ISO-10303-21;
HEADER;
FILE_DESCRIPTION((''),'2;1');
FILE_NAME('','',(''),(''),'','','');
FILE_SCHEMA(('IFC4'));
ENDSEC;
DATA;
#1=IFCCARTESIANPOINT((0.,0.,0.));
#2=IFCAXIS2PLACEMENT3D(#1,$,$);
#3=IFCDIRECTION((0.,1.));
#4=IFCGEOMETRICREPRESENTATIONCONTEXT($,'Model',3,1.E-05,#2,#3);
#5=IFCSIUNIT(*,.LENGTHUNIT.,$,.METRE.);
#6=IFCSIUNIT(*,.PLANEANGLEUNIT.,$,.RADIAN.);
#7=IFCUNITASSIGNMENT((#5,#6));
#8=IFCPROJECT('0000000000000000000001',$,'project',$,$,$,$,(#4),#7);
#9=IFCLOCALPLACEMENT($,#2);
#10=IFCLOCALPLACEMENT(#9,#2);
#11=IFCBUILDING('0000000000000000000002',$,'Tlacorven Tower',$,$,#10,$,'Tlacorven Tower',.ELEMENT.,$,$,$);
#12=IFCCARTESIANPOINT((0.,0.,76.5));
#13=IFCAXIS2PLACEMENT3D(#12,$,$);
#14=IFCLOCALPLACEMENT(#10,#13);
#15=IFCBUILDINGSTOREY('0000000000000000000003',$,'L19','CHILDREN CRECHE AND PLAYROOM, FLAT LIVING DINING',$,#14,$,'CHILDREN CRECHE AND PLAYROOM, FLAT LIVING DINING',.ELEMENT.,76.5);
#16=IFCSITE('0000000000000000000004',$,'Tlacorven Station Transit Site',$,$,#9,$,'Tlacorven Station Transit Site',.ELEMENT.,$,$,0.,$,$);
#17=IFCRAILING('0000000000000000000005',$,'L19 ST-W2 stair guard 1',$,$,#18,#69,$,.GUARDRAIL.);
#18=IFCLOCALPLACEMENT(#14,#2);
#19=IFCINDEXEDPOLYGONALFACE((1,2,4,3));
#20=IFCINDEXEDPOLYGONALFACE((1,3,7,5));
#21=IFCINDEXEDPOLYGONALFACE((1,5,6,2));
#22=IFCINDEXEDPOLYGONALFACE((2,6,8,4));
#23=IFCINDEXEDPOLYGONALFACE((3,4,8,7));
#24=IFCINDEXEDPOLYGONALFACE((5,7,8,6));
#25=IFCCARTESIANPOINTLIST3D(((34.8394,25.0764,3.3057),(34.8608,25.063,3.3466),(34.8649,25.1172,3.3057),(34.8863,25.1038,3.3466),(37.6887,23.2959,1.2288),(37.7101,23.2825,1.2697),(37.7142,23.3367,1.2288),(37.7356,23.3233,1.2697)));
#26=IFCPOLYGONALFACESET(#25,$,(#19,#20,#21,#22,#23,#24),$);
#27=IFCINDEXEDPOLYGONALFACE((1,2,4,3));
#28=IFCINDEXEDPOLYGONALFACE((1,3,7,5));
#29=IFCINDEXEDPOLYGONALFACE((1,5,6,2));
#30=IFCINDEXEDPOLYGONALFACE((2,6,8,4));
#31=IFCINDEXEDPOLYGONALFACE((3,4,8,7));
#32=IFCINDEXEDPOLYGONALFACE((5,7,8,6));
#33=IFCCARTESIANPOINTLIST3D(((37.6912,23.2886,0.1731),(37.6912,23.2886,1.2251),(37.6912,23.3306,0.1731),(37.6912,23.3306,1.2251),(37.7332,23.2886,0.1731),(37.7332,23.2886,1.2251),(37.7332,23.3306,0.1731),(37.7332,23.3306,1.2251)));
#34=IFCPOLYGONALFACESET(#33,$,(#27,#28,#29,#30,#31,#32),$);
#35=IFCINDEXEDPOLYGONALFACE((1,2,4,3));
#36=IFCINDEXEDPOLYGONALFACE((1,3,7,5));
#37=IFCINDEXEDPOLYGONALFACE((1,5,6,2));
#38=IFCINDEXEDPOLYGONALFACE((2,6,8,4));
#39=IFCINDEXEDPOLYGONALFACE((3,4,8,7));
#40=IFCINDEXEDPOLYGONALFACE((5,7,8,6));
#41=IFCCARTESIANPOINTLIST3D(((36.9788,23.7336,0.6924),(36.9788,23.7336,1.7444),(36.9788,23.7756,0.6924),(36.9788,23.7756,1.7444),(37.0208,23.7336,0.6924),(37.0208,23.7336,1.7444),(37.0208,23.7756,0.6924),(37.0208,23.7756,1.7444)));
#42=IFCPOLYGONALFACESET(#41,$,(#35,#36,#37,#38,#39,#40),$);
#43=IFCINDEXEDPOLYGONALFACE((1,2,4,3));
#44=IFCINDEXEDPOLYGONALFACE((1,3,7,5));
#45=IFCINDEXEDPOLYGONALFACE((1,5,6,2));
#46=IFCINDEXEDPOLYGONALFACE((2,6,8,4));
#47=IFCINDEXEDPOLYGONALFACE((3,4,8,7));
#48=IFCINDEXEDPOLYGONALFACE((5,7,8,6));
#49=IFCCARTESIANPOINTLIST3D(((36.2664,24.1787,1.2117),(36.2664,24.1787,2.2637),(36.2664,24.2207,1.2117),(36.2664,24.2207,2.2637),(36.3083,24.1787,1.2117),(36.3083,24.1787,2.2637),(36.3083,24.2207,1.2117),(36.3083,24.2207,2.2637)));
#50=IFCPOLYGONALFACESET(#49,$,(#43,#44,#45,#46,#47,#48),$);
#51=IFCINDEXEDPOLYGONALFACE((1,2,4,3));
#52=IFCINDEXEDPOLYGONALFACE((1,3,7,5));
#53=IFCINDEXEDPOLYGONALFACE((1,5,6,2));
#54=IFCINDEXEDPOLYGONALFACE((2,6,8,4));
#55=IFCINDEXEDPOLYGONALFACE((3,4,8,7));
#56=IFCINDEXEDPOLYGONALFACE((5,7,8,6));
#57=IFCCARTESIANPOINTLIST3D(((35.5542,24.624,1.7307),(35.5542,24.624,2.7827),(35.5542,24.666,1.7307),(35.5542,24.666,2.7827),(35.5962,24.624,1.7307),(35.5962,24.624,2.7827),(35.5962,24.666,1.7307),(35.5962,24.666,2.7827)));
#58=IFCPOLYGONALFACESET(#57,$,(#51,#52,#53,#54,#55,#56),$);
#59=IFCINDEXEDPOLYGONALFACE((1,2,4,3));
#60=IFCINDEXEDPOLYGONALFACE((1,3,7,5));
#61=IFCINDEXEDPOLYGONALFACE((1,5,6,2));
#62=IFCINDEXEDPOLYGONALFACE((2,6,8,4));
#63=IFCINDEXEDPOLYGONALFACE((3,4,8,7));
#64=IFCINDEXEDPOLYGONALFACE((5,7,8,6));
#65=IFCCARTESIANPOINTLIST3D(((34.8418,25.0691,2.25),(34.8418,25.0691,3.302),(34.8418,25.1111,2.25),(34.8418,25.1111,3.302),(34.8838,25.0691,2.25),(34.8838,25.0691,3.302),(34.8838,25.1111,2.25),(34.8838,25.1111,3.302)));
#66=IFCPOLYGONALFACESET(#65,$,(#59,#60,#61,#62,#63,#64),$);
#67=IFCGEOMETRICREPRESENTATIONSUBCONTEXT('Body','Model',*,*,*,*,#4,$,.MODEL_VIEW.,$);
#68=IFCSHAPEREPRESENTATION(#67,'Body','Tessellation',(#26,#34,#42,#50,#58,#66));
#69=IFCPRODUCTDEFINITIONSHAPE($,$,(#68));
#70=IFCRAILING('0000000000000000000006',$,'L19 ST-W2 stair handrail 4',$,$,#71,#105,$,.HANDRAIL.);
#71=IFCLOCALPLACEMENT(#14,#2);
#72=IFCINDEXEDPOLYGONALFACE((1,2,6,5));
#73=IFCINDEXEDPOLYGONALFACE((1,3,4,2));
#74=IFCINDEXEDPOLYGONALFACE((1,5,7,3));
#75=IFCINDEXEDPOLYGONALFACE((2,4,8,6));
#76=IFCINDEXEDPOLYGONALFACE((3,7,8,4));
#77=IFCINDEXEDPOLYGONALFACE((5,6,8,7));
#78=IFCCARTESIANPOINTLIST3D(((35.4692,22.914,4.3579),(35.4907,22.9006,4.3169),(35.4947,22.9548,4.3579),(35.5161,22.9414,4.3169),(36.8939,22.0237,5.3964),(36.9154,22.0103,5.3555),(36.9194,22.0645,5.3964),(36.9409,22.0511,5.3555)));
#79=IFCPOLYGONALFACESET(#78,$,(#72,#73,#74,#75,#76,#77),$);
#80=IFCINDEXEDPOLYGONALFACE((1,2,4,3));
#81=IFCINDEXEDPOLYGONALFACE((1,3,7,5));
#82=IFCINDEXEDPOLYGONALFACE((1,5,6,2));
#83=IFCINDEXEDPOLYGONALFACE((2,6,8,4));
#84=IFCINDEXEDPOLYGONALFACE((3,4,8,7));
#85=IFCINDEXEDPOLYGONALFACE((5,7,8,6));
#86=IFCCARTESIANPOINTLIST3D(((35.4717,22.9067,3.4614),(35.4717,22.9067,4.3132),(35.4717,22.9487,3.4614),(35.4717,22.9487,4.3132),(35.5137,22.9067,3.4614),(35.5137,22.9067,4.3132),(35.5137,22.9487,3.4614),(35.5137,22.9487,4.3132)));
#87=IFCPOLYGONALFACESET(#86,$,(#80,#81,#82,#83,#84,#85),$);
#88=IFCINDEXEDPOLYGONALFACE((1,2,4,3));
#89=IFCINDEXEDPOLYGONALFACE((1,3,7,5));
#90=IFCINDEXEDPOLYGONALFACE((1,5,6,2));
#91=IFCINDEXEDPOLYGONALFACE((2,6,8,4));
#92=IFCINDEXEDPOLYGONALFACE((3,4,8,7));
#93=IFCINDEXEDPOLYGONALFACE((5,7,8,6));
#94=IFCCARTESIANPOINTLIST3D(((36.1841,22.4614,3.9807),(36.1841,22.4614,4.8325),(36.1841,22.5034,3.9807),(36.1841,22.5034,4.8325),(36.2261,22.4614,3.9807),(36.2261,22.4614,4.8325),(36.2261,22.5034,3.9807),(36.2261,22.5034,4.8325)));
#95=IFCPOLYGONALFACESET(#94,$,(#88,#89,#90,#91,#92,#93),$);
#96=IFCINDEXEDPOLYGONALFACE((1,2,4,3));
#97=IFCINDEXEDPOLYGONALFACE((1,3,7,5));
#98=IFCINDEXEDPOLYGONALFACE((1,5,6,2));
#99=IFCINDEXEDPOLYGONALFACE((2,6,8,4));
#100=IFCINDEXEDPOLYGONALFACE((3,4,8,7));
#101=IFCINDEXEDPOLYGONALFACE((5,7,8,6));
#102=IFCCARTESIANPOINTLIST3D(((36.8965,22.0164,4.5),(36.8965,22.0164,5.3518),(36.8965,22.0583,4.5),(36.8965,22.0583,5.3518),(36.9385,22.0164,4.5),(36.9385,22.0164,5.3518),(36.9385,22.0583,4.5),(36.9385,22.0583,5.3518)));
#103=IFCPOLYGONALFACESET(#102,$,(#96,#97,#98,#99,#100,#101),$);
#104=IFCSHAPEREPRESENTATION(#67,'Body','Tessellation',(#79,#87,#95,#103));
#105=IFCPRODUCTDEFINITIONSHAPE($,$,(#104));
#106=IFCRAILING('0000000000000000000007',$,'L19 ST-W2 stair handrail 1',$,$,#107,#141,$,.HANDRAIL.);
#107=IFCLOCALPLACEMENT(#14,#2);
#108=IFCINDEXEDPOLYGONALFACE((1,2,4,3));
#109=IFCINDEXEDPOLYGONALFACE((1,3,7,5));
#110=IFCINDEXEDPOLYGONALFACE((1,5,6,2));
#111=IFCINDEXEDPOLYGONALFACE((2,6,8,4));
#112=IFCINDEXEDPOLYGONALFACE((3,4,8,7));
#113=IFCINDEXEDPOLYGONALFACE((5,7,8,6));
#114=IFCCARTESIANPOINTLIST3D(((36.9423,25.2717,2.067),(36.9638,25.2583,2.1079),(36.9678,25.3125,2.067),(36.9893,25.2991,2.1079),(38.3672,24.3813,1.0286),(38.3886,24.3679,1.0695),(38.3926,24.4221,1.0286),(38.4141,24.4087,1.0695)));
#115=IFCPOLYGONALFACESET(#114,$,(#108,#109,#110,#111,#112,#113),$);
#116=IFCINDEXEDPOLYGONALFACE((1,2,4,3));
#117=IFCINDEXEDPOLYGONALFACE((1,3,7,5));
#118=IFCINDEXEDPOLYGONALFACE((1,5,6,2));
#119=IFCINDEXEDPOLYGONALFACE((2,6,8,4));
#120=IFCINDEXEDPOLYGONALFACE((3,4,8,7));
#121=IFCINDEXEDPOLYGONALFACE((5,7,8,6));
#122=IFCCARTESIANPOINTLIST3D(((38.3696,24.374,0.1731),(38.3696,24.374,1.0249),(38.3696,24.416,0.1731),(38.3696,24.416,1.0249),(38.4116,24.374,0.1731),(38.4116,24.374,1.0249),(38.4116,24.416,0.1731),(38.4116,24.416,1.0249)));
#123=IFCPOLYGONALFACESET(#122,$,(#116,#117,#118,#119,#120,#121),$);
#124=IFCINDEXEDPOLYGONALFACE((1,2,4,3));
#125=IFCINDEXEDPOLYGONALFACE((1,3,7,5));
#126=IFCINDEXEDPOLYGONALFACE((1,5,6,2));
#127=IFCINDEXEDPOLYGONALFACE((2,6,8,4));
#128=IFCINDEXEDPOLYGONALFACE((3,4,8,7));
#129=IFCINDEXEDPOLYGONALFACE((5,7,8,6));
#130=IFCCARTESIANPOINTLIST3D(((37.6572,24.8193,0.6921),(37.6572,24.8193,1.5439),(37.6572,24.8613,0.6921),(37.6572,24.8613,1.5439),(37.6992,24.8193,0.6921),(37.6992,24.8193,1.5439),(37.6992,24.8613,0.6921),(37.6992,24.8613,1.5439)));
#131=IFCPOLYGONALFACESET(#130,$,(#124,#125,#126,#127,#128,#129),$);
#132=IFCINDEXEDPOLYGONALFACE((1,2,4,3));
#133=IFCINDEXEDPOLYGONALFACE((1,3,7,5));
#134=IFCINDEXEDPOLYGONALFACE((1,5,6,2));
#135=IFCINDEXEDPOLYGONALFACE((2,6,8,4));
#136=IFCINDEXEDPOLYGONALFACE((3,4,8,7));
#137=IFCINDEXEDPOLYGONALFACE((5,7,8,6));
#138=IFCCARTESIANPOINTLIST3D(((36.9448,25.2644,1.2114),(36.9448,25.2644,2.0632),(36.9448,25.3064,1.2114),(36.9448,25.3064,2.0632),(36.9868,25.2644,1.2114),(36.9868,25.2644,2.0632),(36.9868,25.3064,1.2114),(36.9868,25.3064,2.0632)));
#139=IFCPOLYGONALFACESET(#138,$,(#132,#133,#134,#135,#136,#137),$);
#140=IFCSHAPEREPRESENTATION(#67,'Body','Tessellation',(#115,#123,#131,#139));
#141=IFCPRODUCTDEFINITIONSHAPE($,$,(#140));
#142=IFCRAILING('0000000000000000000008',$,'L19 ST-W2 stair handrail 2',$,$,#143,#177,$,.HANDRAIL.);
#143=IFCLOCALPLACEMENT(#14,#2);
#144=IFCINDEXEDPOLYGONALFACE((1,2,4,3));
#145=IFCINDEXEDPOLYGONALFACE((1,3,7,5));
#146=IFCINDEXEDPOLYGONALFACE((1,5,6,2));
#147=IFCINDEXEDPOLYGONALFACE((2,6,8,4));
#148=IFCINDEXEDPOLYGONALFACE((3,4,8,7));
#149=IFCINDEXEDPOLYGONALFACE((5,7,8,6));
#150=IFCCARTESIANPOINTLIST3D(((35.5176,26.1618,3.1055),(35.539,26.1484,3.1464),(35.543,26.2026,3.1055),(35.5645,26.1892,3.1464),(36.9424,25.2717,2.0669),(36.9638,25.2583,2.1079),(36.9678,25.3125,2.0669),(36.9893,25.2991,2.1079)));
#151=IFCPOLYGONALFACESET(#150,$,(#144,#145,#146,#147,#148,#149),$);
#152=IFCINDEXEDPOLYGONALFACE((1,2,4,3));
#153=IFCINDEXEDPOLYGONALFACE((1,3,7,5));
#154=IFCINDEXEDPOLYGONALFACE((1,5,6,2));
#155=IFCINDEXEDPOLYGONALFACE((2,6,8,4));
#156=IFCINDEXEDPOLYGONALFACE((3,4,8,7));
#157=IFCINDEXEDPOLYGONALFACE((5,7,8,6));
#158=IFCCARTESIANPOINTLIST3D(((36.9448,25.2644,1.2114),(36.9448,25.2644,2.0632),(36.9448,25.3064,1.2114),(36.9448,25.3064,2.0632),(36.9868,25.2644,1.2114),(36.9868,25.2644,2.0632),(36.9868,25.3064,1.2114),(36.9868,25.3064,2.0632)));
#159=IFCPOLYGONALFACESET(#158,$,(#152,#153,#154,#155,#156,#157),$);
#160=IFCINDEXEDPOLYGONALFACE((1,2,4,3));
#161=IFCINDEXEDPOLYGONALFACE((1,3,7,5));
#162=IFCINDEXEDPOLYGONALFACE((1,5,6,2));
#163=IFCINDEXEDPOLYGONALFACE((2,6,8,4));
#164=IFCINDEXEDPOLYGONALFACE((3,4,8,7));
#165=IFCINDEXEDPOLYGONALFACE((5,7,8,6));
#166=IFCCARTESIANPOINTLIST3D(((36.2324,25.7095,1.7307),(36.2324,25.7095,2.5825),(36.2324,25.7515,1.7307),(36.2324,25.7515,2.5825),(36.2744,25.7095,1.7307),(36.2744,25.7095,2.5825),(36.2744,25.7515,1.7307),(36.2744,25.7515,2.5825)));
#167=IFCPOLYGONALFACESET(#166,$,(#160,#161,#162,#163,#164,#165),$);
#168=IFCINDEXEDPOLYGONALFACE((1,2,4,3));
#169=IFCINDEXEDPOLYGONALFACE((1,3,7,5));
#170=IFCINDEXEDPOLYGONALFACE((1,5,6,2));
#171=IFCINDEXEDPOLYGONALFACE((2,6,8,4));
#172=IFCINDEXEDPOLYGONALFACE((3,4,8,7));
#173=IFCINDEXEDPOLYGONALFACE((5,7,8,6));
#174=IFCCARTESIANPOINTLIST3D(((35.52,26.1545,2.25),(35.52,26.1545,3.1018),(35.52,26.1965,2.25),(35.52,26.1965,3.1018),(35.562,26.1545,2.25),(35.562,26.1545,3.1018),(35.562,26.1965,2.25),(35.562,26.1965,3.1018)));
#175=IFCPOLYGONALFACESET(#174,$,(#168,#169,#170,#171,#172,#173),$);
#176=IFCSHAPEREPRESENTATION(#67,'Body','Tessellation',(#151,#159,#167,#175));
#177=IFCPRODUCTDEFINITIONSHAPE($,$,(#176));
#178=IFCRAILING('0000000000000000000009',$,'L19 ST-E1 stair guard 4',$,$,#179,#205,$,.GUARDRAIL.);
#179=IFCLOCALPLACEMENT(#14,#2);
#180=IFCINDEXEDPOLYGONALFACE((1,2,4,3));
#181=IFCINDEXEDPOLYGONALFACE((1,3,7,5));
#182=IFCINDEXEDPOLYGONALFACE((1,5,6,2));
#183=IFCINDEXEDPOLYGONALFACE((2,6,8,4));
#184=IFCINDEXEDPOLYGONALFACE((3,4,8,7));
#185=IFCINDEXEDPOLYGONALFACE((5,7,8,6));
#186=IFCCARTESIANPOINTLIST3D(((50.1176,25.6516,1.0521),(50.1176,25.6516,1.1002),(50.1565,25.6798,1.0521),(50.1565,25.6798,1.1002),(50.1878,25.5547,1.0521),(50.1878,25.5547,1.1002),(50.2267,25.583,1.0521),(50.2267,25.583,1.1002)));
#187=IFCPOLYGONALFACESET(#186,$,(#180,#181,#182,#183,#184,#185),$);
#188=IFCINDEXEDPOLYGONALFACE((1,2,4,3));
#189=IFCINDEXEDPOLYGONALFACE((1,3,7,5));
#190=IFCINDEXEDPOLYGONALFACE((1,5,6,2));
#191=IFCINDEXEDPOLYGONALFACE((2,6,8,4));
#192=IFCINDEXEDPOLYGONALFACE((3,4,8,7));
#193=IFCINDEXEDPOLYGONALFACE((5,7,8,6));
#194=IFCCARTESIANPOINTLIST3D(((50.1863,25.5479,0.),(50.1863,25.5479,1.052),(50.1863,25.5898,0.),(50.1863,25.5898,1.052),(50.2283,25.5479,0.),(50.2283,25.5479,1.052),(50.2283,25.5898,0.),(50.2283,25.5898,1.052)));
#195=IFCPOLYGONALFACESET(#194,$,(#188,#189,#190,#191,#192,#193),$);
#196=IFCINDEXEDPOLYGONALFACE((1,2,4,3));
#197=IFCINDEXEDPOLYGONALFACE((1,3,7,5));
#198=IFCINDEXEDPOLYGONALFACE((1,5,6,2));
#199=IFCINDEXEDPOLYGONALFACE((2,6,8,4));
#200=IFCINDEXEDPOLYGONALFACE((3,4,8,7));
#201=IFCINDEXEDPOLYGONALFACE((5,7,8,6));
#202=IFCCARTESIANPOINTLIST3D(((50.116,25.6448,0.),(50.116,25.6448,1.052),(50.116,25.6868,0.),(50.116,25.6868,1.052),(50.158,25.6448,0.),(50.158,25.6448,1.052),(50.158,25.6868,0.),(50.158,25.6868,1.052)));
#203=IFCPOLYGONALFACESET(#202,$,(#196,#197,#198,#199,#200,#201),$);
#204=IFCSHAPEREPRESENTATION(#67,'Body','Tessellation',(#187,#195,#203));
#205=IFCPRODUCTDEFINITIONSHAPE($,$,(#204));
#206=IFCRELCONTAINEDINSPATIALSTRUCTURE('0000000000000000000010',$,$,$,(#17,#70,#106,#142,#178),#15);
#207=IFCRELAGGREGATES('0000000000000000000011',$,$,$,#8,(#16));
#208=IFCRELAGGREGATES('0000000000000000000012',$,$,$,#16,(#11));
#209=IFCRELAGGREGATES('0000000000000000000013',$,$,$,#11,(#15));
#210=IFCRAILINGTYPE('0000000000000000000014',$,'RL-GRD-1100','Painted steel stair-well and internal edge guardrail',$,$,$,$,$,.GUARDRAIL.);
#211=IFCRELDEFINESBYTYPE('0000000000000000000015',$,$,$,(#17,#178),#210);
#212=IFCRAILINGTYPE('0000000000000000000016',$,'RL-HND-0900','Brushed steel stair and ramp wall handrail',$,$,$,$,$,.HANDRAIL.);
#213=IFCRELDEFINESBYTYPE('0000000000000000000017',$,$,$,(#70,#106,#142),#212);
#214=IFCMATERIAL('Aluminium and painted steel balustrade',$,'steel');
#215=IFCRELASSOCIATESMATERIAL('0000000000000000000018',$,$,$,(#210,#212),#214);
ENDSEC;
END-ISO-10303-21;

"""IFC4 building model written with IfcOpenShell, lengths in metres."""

from ifc_helpers import new_model, si_unit, direction, frame, origin, origin_2d, place, context, subcontext, project, spatial, rectangle, extrude, source, transform, mapped, material, type_object, element, save


model = new_model("IFC4")

# Units and contexts
model_context = context("Model", 3, precision=1e-05, world=origin(), true_north=direction((0.0, 1.0)))
body_context = subcontext(model_context, "Body", "Model", "MODEL_VIEW")
ifc_project = project(units=[si_unit("LENGTHUNIT", "METRE"), si_unit("PLANEANGLEUNIT", "RADIAN")], contexts=[model_context])

# Site, building, storey
site_placement = place(None, origin())
site = spatial("IfcSite", under=ifc_project, at=site_placement, Name="Tlacorven Station Transit Site", LongName="Tlacorven Station Transit Site", CompositionType="ELEMENT", RefElevation=0.0)
building_placement = place(site_placement, origin())
building = spatial("IfcBuilding", under=site, at=building_placement, Name="Tlacorven Tower", LongName="Tlacorven Tower", CompositionType="ELEMENT")
storey_placement = place(building_placement, frame((0.0, 0.0, 76.5)))
storey = spatial("IfcBuildingStorey", under=building, at=storey_placement, Name="L19", Description="CHILDREN CRECHE AND PLAYROOM, FLAT LIVING DINING", LongName="CHILDREN CRECHE AND PLAYROOM, FLAT LIVING DINING", CompositionType="ELEMENT", Elevation=76.5)

# Railings
ifc_material_1 = material(Name="Aluminium and painted steel balustrade", Category="steel")
railing_type_1 = type_object("IfcRailingType", Name="RL-GRD-1100", Description="Painted steel stair-well and internal edge guardrail", PredefinedType="GUARDRAIL", material=ifc_material_1)
shared_shape_1 = source(origin(), body_context, "Body", "SweptSolid", [
    extrude(rectangle(XDim=0.0481, YDim=0.0481, at=origin_2d()), frame((0.0, 0.0, 1.0762), z_axis=(-0.721355, 0.450762, 0.525796), x_axis=(-0.529927, -0.848043, 0.0)), (0.0, 0.0, 1.0), 3.95),
    extrude(rectangle(XDim=0.042, YDim=0.042, at=origin_2d()), origin(), (0.0, 0.0, 1.0), 1.052),
    extrude(rectangle(XDim=0.042, YDim=0.042, at=origin_2d()), frame((-0.7124, 0.4451, 0.5193)), (0.0, 0.0, 1.0), 1.052),
    extrude(rectangle(XDim=0.042, YDim=0.042, at=origin_2d()), frame((-1.4248, 0.8901, 1.0386)), (0.0, 0.0, 1.0), 1.052),
    extrude(rectangle(XDim=0.042, YDim=0.042, at=origin_2d()), frame((-2.137, 1.3354, 1.5576)), (0.0, 0.0, 1.0), 1.052),
    extrude(rectangle(XDim=0.042, YDim=0.042, at=origin_2d()), frame((-2.8494, 1.7805, 2.0769)), (0.0, 0.0, 1.0), 1.052),
])
railing_1_placement = place(storey_placement, frame((37.7122, 23.3096, 0.1731)))
element("IfcRailing", 1, at=railing_1_placement, inside=storey, type_object=railing_type_1, Name="L19 ST-W2 stair guard 1", PredefinedType="GUARDRAIL", context=body_context, shape_type="MappedRepresentation", body=[
    mapped(shared_shape_1, transform((0.0, 0.0, 0.0), scale=1.0)),
])
railing_type_2 = type_object("IfcRailingType", Name="RL-HND-0900", Description="Brushed steel stair and ramp wall handrail", PredefinedType="HANDRAIL", material=ifc_material_1)
shared_shape_2 = source(origin(), body_context, "Body", "SweptSolid", [
    extrude(rectangle(XDim=0.0481, YDim=0.0481, at=origin_2d()), frame((0.0, 0.0, 0.876), z_axis=(0.721341, -0.450776, 0.525803), x_axis=(0.529947, 0.848031, 0.0)), (0.0, 0.0, 1.0), 1.9751),
    extrude(rectangle(XDim=0.042, YDim=0.042, at=origin_2d()), origin(), (0.0, 0.0, 1.0), 0.8518),
    extrude(rectangle(XDim=0.042, YDim=0.042, at=origin_2d()), frame((0.7124, -0.4453, 0.5193)), (0.0, 0.0, 1.0), 0.8518),
    extrude(rectangle(XDim=0.042, YDim=0.042, at=origin_2d()), frame((1.4248, -0.8904, 1.0386)), (0.0, 0.0, 1.0), 0.8518),
])
railing_2_placement = place(storey_placement, frame((35.4927, 22.9277, 3.4614)))
element("IfcRailing", 2, at=railing_2_placement, inside=storey, type_object=railing_type_2, Name="L19 ST-W2 stair handrail 4", PredefinedType="HANDRAIL", context=body_context, shape_type="MappedRepresentation", body=[
    mapped(shared_shape_2, transform((0.0, 0.0, 0.0), scale=1.0)),
])
shared_shape_3 = source(origin(), body_context, "Body", "SweptSolid", [
    extrude(rectangle(XDim=0.0481, YDim=0.0481, at=origin_2d()), frame((0.0, 0.0, 0.876), z_axis=(-0.721388, 0.450805, 0.525713), x_axis=(-0.529947, -0.848031, 0.0)), (0.0, 0.0, 1.0), 1.9751),
    extrude(rectangle(XDim=0.042, YDim=0.042, at=origin_2d()), origin(), (0.0, 0.0, 1.0), 0.8518),
    extrude(rectangle(XDim=0.042, YDim=0.042, at=origin_2d()), frame((-0.7124, 0.4453, 0.519)), (0.0, 0.0, 1.0), 0.8518),
    extrude(rectangle(XDim=0.042, YDim=0.042, at=origin_2d()), frame((-1.4248, 0.8904, 1.0383)), (0.0, 0.0, 1.0), 0.8518),
])
railing_3_placement = place(storey_placement, frame((38.3906, 24.395, 0.1731)))
element("IfcRailing", 3, at=railing_3_placement, inside=storey, type_object=railing_type_2, Name="L19 ST-W2 stair handrail 1", PredefinedType="HANDRAIL", context=body_context, shape_type="MappedRepresentation", body=[
    mapped(shared_shape_3, transform((0.0, 0.0, 0.0), scale=1.0)),
])
shared_shape_4 = source(origin(), body_context, "Body", "SweptSolid", [
    extrude(rectangle(XDim=0.0481, YDim=0.0481, at=origin_2d()), frame((0.0, 0.0, 0.876), z_axis=(-0.721381, 0.450678, 0.525832), x_axis=(-0.529842, -0.848096, 0.0)), (0.0, 0.0, 1.0), 1.9751),
    extrude(rectangle(XDim=0.042, YDim=0.042, at=origin_2d()), origin(), (0.0, 0.0, 1.0), 0.8518),
    extrude(rectangle(XDim=0.042, YDim=0.042, at=origin_2d()), frame((-0.7124, 0.4451, 0.5193)), (0.0, 0.0, 1.0), 0.8518),
    extrude(rectangle(XDim=0.042, YDim=0.042, at=origin_2d()), frame((-1.4248, 0.8901, 1.0386)), (0.0, 0.0, 1.0), 0.8518),
])
railing_4_placement = place(storey_placement, frame((36.9658, 25.2854, 1.2114)))
element("IfcRailing", 4, at=railing_4_placement, inside=storey, type_object=railing_type_2, Name="L19 ST-W2 stair handrail 2", PredefinedType="HANDRAIL", context=body_context, shape_type="MappedRepresentation", body=[
    mapped(shared_shape_4, transform((0.0, 0.0, 0.0), scale=1.0)),
])
shared_shape_5 = source(origin(), body_context, "Body", "SweptSolid", [
    extrude(rectangle(XDim=0.0481, YDim=0.0481, at=origin_2d()), frame((0.0, 0.0, 1.0762), z_axis=(-0.587201, 0.809441, 0.0), x_axis=(-0.809441, -0.587201, 0.0)), (0.0, 0.0, 1.0), 0.1196),
    extrude(rectangle(XDim=0.042, YDim=0.042, at=origin_2d()), origin(), (0.0, 0.0, 1.0), 1.052),
    extrude(rectangle(XDim=0.042, YDim=0.042, at=origin_2d()), frame((-0.0703, 0.0969, 0.0)), (0.0, 0.0, 1.0), 1.052),
])
railing_5_placement = place(storey_placement, frame((50.2073, 25.5688, 0.0)))
element("IfcRailing", 5, at=railing_5_placement, inside=storey, type_object=railing_type_1, Name="L19 ST-E1 stair guard 4", PredefinedType="GUARDRAIL", context=body_context, shape_type="MappedRepresentation", body=[
    mapped(shared_shape_5, transform((0.0, 0.0, 0.0), scale=1.0)),
])

save(model, "model.ifc")
